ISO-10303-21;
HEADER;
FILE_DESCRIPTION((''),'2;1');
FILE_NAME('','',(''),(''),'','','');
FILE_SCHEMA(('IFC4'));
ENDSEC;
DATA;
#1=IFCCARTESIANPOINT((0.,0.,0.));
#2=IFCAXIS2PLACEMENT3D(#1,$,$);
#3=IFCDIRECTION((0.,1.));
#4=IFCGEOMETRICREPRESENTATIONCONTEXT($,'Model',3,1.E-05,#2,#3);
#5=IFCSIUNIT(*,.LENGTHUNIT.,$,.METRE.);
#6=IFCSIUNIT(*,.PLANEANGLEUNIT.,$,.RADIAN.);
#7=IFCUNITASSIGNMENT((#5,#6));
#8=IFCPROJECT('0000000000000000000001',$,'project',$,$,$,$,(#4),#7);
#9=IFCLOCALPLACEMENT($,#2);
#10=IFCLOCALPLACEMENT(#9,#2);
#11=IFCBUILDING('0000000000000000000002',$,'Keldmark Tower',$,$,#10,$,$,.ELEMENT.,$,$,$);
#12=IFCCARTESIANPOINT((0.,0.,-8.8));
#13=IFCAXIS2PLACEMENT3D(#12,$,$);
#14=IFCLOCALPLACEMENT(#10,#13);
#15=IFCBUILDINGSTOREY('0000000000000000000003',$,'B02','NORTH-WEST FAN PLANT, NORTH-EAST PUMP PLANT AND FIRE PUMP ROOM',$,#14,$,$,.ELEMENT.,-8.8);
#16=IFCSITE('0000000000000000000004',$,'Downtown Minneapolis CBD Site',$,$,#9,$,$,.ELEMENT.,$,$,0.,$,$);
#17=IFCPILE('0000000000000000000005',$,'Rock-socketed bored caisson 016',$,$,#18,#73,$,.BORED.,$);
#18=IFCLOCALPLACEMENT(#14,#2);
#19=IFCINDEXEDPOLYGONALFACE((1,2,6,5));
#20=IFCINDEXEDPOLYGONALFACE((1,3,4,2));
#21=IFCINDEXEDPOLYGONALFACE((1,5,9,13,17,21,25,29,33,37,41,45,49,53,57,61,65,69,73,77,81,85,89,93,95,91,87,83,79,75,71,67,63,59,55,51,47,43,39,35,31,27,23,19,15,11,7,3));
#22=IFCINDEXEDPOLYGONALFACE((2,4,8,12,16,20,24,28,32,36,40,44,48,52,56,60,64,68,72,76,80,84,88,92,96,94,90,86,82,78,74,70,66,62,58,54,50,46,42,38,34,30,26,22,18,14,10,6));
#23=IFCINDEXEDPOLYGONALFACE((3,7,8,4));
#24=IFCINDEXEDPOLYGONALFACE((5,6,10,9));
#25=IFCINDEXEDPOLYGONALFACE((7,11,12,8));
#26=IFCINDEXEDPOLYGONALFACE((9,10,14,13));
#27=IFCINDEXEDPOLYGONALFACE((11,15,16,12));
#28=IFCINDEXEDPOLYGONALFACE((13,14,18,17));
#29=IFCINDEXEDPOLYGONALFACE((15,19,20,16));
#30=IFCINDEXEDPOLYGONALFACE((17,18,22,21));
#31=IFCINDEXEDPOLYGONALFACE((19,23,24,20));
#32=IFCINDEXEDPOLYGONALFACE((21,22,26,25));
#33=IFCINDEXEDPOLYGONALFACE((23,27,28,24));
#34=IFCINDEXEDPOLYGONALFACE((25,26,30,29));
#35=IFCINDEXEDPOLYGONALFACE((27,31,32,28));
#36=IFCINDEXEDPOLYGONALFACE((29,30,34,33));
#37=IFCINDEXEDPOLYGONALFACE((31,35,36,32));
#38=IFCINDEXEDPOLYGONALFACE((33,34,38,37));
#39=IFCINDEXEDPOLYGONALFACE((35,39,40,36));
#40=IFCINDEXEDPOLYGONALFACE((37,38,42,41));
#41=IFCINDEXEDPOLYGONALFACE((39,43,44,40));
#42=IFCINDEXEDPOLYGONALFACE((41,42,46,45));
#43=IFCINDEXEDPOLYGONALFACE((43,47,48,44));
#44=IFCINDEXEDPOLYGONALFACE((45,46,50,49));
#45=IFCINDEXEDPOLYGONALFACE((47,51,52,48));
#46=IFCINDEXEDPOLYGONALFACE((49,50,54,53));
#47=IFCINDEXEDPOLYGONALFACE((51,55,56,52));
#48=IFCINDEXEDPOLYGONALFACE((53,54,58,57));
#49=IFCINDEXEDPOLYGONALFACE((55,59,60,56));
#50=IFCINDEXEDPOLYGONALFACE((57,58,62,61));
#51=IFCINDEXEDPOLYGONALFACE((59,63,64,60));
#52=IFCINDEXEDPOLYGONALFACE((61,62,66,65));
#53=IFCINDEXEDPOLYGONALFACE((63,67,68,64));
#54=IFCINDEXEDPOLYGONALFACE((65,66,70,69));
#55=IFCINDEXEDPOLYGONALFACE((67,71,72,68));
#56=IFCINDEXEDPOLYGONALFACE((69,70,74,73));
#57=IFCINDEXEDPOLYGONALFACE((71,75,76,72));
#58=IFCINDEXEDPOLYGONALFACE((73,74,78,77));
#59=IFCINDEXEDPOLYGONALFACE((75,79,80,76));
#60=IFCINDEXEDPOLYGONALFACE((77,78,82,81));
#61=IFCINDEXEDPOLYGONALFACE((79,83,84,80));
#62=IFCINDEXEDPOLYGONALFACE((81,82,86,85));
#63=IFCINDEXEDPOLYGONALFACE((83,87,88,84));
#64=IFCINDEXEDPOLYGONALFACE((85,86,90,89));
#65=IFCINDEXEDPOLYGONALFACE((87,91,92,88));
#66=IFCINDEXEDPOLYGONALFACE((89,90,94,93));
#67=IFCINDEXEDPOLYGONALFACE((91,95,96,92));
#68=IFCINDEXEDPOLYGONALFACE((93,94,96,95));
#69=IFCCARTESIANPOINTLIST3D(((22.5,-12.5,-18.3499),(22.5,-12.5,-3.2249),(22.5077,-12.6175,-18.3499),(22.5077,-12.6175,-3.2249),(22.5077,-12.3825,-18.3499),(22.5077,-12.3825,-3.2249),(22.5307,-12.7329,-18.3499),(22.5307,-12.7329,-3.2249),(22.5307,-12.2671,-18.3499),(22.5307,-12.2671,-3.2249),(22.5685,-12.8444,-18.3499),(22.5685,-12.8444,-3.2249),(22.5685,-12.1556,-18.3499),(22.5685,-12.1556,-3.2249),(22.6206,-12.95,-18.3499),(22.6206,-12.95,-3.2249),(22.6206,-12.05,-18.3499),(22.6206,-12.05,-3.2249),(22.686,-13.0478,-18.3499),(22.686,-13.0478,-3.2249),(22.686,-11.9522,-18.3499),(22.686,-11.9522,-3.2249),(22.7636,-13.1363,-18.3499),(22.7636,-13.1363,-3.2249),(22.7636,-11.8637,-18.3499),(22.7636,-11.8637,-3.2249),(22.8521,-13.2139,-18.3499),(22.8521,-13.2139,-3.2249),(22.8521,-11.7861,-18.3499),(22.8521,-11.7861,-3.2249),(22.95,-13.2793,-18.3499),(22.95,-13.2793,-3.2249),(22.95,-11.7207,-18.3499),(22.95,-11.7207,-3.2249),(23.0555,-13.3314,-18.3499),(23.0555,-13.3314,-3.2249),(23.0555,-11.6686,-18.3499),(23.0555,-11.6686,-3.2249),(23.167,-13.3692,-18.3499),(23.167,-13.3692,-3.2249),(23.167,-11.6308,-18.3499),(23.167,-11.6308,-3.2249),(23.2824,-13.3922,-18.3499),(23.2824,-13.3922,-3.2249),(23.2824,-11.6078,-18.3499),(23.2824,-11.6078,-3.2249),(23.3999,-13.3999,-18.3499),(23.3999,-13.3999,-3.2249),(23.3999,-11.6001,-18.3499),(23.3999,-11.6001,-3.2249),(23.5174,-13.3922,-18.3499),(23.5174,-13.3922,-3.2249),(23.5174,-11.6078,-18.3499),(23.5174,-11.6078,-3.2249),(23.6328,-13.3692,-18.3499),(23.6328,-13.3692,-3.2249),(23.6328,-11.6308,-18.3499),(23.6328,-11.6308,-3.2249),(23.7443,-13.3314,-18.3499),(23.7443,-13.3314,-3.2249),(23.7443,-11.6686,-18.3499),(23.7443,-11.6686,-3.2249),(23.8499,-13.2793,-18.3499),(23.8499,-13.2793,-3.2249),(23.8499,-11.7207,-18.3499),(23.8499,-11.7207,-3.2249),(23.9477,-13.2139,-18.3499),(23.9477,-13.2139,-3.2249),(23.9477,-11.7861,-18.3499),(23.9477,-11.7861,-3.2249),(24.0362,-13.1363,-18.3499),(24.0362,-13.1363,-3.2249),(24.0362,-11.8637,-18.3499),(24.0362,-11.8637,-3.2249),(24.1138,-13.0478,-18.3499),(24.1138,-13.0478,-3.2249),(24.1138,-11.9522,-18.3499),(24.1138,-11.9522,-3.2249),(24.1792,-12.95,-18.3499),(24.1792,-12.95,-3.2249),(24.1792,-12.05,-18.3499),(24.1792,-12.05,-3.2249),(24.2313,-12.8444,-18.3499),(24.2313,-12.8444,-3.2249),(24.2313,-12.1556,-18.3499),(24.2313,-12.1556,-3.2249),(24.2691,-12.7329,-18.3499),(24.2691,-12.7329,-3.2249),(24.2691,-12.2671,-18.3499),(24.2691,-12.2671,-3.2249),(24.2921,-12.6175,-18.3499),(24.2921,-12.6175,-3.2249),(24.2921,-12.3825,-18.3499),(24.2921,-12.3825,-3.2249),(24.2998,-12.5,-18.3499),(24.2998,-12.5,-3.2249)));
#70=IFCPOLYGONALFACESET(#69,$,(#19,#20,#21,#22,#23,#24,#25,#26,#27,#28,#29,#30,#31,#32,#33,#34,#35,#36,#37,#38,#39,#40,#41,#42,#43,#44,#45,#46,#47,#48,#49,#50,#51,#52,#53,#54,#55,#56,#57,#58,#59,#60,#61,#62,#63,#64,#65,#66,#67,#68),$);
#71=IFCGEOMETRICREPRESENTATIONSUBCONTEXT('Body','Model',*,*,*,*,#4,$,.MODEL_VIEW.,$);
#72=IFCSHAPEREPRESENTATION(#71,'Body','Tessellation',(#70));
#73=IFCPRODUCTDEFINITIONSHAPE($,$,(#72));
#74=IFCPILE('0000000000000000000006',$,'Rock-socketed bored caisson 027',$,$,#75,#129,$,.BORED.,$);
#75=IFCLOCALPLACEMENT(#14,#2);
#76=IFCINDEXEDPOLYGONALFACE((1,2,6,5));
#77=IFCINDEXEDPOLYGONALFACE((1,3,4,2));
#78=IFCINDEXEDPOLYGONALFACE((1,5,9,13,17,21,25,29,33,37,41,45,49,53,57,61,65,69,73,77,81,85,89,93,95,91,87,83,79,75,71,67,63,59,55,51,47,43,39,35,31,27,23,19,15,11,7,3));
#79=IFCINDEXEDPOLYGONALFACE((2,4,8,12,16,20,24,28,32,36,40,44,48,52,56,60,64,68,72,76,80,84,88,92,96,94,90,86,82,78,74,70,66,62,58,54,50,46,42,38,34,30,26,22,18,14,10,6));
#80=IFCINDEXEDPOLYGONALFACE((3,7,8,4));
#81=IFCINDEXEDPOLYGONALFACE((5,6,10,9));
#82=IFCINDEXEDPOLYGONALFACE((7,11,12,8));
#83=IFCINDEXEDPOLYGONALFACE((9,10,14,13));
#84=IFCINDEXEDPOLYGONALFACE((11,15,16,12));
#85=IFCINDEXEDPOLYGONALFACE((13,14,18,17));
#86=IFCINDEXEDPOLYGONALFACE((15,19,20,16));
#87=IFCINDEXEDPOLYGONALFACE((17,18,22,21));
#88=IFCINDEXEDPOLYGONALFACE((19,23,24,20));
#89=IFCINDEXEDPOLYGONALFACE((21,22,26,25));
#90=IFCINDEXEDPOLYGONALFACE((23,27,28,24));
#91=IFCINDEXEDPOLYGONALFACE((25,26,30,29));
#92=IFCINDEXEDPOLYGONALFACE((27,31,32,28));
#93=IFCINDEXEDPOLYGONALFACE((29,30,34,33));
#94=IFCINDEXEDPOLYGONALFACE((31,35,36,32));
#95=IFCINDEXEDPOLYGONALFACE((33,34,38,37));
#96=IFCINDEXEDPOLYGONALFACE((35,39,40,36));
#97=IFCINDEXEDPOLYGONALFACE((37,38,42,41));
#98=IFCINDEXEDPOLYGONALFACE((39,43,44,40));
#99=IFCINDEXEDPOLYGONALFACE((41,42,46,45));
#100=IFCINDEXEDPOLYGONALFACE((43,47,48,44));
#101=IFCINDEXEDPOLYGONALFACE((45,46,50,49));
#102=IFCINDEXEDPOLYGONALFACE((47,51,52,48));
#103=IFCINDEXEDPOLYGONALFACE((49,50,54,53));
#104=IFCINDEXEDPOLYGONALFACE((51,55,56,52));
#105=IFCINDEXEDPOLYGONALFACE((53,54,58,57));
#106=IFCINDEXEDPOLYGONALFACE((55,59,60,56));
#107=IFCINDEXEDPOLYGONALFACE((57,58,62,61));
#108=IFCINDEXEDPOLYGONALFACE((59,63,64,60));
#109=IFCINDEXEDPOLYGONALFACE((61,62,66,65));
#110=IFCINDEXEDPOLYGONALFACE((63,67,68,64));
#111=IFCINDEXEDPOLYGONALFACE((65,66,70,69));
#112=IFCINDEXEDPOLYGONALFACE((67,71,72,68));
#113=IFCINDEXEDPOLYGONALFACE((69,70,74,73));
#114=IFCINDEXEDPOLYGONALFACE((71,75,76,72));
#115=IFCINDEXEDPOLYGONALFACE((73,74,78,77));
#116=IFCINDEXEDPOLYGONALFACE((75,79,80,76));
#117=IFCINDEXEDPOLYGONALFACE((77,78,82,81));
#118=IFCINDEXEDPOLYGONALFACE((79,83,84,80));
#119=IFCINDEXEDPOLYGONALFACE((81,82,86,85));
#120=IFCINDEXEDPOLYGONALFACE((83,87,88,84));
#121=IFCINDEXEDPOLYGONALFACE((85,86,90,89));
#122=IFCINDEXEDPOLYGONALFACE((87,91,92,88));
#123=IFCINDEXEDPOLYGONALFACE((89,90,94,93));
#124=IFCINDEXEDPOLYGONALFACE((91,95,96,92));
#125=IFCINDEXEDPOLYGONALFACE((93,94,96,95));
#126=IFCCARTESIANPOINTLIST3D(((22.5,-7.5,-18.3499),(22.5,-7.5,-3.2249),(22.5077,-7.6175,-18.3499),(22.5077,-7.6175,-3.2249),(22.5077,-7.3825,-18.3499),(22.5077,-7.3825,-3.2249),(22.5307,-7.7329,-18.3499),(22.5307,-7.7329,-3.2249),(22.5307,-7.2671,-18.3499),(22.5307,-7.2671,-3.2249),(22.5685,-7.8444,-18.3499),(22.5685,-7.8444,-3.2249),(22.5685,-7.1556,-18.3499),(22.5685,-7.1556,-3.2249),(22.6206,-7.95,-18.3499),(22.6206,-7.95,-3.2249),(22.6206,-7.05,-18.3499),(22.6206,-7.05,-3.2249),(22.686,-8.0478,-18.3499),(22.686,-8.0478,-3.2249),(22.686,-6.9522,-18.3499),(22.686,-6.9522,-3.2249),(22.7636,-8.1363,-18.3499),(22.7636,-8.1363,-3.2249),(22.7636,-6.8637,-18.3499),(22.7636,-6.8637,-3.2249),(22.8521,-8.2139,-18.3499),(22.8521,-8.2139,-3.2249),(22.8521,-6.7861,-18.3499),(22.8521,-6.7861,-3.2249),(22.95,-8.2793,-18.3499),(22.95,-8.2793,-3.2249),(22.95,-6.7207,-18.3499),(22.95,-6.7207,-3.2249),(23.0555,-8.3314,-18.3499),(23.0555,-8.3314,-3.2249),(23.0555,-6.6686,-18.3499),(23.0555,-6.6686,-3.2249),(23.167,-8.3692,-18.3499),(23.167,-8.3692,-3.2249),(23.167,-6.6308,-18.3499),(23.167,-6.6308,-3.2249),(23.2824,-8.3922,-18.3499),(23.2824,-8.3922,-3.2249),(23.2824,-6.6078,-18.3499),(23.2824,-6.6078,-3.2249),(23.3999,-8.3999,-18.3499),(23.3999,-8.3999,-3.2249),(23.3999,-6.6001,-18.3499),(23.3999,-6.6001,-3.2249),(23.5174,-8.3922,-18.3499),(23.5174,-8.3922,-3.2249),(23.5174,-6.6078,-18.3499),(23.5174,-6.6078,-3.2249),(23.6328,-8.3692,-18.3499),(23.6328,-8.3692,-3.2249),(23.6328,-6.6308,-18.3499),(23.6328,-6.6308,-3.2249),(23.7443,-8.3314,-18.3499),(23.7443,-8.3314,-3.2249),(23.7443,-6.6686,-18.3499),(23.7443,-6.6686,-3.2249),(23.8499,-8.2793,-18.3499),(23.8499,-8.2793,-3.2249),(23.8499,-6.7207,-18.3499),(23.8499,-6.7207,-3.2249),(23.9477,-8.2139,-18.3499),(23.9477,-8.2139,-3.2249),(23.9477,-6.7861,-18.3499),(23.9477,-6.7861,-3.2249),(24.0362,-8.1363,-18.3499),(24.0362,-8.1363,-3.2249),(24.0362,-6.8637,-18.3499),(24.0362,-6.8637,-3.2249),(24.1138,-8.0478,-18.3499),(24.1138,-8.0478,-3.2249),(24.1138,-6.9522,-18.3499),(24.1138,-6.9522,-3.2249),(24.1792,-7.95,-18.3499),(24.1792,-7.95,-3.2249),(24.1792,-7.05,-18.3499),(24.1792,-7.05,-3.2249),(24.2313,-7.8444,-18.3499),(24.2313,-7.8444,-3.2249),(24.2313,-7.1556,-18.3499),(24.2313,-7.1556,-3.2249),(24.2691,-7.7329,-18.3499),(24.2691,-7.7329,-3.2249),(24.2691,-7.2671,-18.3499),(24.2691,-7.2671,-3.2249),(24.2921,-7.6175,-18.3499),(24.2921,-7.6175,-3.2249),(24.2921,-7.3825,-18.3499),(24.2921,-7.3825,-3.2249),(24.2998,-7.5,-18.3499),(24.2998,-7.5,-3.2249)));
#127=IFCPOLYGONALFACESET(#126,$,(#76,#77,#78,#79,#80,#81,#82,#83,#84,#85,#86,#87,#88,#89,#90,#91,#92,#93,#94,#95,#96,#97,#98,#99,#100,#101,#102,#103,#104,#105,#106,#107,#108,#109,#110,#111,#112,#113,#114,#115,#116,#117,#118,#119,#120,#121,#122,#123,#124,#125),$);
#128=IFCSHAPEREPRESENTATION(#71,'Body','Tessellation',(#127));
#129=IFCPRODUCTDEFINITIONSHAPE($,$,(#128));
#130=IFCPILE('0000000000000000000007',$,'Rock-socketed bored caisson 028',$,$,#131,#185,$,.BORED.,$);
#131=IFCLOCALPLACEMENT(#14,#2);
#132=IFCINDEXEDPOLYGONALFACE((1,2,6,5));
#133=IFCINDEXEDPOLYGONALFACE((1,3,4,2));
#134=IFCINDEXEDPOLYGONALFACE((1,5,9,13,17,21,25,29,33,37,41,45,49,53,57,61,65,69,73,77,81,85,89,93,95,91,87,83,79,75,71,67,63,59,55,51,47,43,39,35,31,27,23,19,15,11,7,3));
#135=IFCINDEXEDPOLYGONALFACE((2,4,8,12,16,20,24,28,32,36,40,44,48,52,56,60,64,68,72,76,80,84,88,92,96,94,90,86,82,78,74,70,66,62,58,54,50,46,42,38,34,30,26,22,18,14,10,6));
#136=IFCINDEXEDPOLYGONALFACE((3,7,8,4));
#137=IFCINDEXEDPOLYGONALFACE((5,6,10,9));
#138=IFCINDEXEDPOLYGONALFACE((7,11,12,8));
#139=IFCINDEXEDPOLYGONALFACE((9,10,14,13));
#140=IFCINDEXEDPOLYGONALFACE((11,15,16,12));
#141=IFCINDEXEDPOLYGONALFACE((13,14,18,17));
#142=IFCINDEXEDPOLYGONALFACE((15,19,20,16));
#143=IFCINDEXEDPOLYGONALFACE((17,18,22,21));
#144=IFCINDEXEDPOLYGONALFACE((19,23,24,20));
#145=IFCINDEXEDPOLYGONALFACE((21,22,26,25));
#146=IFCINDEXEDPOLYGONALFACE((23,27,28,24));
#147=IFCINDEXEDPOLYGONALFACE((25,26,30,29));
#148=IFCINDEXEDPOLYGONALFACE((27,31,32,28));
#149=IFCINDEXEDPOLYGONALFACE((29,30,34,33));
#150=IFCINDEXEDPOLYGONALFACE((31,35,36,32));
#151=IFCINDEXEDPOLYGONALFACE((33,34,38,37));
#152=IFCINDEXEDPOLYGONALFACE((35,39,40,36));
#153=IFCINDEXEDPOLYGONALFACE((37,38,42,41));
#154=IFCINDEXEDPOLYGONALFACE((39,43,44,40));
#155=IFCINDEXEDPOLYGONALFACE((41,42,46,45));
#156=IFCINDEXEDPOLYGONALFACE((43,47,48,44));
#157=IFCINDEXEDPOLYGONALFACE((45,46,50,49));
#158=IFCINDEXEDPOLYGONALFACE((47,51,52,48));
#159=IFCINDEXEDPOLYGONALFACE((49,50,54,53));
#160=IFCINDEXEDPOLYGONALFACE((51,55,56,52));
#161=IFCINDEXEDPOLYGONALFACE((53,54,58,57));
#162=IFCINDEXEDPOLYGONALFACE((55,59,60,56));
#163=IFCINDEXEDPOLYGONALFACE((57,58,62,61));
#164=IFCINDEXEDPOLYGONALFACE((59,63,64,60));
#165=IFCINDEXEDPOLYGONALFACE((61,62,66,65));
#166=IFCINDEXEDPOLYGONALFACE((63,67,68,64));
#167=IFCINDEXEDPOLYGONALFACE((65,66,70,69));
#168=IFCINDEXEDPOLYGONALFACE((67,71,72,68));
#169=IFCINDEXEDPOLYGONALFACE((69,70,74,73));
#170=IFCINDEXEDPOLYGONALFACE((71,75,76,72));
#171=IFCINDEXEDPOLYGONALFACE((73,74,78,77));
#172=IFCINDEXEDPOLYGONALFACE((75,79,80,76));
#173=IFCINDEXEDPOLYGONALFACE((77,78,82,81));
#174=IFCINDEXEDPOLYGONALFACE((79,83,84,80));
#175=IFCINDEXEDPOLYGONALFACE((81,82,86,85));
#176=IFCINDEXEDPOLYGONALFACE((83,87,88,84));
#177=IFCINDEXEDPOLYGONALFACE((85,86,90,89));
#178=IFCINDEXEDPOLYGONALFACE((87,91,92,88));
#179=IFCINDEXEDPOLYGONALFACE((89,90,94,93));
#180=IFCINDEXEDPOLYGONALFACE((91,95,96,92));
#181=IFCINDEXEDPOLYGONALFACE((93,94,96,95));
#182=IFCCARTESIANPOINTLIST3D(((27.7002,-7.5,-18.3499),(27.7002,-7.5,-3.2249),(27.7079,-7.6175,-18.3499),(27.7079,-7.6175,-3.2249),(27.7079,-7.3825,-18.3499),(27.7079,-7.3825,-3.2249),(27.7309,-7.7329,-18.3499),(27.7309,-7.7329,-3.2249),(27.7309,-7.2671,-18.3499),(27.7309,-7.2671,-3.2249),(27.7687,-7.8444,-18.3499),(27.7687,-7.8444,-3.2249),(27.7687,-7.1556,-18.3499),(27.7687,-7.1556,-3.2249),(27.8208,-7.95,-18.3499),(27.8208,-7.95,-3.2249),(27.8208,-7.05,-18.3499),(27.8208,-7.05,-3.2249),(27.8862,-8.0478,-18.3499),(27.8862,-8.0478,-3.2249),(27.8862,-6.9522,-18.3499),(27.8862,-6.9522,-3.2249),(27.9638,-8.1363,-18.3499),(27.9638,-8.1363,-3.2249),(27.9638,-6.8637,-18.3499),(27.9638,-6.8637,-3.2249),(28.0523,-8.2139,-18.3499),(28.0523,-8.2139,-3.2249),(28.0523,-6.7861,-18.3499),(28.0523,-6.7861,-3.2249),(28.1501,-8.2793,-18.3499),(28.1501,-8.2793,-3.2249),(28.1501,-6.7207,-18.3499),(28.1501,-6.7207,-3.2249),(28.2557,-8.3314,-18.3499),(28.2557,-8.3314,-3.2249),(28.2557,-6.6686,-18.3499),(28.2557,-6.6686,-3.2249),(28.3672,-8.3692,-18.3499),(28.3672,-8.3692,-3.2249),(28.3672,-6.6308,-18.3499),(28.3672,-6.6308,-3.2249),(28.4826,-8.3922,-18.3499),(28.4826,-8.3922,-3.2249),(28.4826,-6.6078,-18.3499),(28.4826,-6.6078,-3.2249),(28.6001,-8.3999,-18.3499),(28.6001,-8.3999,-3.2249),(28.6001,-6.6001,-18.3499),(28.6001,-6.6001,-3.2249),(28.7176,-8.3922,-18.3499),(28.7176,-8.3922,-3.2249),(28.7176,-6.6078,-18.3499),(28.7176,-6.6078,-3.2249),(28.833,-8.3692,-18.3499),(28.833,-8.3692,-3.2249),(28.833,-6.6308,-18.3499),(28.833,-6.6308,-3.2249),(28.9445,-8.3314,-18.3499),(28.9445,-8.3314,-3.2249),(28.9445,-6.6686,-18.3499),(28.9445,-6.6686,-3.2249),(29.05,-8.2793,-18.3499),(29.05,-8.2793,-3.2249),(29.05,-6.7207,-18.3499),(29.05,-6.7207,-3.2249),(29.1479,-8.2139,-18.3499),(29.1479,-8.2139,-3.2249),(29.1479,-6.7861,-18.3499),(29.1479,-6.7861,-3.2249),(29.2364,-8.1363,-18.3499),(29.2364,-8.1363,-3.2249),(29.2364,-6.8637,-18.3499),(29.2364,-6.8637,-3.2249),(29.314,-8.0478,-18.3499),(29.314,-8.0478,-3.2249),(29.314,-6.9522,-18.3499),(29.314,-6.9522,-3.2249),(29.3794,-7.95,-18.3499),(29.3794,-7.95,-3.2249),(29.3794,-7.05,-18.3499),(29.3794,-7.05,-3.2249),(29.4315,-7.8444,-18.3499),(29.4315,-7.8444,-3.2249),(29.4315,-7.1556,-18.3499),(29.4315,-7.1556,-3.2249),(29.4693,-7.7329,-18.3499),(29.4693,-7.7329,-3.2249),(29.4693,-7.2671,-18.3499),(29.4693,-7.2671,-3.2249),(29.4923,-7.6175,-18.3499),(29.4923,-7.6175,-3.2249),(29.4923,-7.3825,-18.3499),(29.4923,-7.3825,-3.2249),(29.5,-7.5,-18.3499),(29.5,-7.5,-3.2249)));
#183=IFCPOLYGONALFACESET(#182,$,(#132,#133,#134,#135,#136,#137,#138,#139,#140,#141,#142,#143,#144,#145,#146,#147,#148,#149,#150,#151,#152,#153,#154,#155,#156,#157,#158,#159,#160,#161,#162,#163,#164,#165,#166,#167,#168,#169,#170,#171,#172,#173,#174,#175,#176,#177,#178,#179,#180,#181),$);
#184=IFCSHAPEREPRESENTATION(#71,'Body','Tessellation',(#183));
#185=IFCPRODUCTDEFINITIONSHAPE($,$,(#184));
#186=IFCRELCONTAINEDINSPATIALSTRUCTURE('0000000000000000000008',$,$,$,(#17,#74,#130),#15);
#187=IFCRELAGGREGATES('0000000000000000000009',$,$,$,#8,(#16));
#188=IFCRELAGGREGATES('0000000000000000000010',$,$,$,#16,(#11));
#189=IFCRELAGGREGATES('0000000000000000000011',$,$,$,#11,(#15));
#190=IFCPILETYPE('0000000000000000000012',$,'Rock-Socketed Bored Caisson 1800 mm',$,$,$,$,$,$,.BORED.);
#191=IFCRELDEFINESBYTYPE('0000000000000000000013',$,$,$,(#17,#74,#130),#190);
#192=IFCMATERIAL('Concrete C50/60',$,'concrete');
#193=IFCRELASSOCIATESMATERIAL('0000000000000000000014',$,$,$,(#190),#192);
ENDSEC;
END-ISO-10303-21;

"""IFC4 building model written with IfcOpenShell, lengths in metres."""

from ifc_helpers import new_model, si_unit, direction, frame, origin, origin_2d, place, context, subcontext, project, spatial, circle, extrude, material, material_profile, profile_set, type_object, element, save


model = new_model("IFC4")

# Units and contexts
model_context = context("Model", 3, precision=1e-05, world=origin(), true_north=direction((0.0, 1.0)))
body_context = subcontext(model_context, "Body", "Model", "MODEL_VIEW")
ifc_project = project(units=[si_unit("LENGTHUNIT", "METRE"), si_unit("PLANEANGLEUNIT", "RADIAN")], contexts=[model_context])

# Site, building, storey
site_placement = place(None, origin())
site = spatial("IfcSite", under=ifc_project, at=site_placement, Name="Downtown Minneapolis CBD Site", CompositionType="ELEMENT", RefElevation=0.0)
building_placement = place(site_placement, origin())
building = spatial("IfcBuilding", under=site, at=building_placement, Name="Keldmark Tower", CompositionType="ELEMENT")
storey_placement = place(building_placement, frame((0.0, 0.0, -8.8)))
storey = spatial("IfcBuildingStorey", under=building, at=storey_placement, Name="B02", Description="NORTH-WEST FAN PLANT, NORTH-EAST PUMP PLANT AND FIRE PUMP ROOM", CompositionType="ELEMENT", Elevation=-8.8)

# Piles
ifc_material_1 = material(Name="Concrete C50/60", Category="concrete")
ifc_material_profile_1 = material_profile(ifc_material_1, circle(Radius=0.8999, at=origin_2d()), Name="CAISSON1800")
ifc_profile_set_1 = profile_set([ifc_material_profile_1], Name="Concrete C50/60")
pile_type_1 = type_object("IfcPileType", Name="Rock-Socketed Bored Caisson 1800 mm", PredefinedType="BORED", material=ifc_profile_set_1)
for number, where, z_axis, x_axis, name in (
    (1, (23.3999, -12.5, -3.2249), (0.0, 0.0, -1.0), (1.0, 0.0, 0.0), "Rock-socketed bored caisson 016"),
    (2, (23.3999, -7.5, -3.2249), (0.0, 0.0, -1.0), (1.0, 0.0, 0.0), "Rock-socketed bored caisson 027"),
    (3, (28.6001, -7.5, -3.2249), (0.0, 0.0, -1.0), (1.0, 0.0, 0.0), "Rock-socketed bored caisson 028"),
):
    element("IfcPile", number, at=place(storey_placement, frame(where, z_axis=z_axis, x_axis=x_axis)), inside=storey, type_object=pile_type_1, Name=name, PredefinedType="BORED", context=body_context, shape_type="SweptSolid", body=[
        extrude(circle(Radius=0.8999, at=origin_2d()), origin(), (0.0, 0.0, 1.0), 15.125),
    ])

save(model, "model.ifc")
